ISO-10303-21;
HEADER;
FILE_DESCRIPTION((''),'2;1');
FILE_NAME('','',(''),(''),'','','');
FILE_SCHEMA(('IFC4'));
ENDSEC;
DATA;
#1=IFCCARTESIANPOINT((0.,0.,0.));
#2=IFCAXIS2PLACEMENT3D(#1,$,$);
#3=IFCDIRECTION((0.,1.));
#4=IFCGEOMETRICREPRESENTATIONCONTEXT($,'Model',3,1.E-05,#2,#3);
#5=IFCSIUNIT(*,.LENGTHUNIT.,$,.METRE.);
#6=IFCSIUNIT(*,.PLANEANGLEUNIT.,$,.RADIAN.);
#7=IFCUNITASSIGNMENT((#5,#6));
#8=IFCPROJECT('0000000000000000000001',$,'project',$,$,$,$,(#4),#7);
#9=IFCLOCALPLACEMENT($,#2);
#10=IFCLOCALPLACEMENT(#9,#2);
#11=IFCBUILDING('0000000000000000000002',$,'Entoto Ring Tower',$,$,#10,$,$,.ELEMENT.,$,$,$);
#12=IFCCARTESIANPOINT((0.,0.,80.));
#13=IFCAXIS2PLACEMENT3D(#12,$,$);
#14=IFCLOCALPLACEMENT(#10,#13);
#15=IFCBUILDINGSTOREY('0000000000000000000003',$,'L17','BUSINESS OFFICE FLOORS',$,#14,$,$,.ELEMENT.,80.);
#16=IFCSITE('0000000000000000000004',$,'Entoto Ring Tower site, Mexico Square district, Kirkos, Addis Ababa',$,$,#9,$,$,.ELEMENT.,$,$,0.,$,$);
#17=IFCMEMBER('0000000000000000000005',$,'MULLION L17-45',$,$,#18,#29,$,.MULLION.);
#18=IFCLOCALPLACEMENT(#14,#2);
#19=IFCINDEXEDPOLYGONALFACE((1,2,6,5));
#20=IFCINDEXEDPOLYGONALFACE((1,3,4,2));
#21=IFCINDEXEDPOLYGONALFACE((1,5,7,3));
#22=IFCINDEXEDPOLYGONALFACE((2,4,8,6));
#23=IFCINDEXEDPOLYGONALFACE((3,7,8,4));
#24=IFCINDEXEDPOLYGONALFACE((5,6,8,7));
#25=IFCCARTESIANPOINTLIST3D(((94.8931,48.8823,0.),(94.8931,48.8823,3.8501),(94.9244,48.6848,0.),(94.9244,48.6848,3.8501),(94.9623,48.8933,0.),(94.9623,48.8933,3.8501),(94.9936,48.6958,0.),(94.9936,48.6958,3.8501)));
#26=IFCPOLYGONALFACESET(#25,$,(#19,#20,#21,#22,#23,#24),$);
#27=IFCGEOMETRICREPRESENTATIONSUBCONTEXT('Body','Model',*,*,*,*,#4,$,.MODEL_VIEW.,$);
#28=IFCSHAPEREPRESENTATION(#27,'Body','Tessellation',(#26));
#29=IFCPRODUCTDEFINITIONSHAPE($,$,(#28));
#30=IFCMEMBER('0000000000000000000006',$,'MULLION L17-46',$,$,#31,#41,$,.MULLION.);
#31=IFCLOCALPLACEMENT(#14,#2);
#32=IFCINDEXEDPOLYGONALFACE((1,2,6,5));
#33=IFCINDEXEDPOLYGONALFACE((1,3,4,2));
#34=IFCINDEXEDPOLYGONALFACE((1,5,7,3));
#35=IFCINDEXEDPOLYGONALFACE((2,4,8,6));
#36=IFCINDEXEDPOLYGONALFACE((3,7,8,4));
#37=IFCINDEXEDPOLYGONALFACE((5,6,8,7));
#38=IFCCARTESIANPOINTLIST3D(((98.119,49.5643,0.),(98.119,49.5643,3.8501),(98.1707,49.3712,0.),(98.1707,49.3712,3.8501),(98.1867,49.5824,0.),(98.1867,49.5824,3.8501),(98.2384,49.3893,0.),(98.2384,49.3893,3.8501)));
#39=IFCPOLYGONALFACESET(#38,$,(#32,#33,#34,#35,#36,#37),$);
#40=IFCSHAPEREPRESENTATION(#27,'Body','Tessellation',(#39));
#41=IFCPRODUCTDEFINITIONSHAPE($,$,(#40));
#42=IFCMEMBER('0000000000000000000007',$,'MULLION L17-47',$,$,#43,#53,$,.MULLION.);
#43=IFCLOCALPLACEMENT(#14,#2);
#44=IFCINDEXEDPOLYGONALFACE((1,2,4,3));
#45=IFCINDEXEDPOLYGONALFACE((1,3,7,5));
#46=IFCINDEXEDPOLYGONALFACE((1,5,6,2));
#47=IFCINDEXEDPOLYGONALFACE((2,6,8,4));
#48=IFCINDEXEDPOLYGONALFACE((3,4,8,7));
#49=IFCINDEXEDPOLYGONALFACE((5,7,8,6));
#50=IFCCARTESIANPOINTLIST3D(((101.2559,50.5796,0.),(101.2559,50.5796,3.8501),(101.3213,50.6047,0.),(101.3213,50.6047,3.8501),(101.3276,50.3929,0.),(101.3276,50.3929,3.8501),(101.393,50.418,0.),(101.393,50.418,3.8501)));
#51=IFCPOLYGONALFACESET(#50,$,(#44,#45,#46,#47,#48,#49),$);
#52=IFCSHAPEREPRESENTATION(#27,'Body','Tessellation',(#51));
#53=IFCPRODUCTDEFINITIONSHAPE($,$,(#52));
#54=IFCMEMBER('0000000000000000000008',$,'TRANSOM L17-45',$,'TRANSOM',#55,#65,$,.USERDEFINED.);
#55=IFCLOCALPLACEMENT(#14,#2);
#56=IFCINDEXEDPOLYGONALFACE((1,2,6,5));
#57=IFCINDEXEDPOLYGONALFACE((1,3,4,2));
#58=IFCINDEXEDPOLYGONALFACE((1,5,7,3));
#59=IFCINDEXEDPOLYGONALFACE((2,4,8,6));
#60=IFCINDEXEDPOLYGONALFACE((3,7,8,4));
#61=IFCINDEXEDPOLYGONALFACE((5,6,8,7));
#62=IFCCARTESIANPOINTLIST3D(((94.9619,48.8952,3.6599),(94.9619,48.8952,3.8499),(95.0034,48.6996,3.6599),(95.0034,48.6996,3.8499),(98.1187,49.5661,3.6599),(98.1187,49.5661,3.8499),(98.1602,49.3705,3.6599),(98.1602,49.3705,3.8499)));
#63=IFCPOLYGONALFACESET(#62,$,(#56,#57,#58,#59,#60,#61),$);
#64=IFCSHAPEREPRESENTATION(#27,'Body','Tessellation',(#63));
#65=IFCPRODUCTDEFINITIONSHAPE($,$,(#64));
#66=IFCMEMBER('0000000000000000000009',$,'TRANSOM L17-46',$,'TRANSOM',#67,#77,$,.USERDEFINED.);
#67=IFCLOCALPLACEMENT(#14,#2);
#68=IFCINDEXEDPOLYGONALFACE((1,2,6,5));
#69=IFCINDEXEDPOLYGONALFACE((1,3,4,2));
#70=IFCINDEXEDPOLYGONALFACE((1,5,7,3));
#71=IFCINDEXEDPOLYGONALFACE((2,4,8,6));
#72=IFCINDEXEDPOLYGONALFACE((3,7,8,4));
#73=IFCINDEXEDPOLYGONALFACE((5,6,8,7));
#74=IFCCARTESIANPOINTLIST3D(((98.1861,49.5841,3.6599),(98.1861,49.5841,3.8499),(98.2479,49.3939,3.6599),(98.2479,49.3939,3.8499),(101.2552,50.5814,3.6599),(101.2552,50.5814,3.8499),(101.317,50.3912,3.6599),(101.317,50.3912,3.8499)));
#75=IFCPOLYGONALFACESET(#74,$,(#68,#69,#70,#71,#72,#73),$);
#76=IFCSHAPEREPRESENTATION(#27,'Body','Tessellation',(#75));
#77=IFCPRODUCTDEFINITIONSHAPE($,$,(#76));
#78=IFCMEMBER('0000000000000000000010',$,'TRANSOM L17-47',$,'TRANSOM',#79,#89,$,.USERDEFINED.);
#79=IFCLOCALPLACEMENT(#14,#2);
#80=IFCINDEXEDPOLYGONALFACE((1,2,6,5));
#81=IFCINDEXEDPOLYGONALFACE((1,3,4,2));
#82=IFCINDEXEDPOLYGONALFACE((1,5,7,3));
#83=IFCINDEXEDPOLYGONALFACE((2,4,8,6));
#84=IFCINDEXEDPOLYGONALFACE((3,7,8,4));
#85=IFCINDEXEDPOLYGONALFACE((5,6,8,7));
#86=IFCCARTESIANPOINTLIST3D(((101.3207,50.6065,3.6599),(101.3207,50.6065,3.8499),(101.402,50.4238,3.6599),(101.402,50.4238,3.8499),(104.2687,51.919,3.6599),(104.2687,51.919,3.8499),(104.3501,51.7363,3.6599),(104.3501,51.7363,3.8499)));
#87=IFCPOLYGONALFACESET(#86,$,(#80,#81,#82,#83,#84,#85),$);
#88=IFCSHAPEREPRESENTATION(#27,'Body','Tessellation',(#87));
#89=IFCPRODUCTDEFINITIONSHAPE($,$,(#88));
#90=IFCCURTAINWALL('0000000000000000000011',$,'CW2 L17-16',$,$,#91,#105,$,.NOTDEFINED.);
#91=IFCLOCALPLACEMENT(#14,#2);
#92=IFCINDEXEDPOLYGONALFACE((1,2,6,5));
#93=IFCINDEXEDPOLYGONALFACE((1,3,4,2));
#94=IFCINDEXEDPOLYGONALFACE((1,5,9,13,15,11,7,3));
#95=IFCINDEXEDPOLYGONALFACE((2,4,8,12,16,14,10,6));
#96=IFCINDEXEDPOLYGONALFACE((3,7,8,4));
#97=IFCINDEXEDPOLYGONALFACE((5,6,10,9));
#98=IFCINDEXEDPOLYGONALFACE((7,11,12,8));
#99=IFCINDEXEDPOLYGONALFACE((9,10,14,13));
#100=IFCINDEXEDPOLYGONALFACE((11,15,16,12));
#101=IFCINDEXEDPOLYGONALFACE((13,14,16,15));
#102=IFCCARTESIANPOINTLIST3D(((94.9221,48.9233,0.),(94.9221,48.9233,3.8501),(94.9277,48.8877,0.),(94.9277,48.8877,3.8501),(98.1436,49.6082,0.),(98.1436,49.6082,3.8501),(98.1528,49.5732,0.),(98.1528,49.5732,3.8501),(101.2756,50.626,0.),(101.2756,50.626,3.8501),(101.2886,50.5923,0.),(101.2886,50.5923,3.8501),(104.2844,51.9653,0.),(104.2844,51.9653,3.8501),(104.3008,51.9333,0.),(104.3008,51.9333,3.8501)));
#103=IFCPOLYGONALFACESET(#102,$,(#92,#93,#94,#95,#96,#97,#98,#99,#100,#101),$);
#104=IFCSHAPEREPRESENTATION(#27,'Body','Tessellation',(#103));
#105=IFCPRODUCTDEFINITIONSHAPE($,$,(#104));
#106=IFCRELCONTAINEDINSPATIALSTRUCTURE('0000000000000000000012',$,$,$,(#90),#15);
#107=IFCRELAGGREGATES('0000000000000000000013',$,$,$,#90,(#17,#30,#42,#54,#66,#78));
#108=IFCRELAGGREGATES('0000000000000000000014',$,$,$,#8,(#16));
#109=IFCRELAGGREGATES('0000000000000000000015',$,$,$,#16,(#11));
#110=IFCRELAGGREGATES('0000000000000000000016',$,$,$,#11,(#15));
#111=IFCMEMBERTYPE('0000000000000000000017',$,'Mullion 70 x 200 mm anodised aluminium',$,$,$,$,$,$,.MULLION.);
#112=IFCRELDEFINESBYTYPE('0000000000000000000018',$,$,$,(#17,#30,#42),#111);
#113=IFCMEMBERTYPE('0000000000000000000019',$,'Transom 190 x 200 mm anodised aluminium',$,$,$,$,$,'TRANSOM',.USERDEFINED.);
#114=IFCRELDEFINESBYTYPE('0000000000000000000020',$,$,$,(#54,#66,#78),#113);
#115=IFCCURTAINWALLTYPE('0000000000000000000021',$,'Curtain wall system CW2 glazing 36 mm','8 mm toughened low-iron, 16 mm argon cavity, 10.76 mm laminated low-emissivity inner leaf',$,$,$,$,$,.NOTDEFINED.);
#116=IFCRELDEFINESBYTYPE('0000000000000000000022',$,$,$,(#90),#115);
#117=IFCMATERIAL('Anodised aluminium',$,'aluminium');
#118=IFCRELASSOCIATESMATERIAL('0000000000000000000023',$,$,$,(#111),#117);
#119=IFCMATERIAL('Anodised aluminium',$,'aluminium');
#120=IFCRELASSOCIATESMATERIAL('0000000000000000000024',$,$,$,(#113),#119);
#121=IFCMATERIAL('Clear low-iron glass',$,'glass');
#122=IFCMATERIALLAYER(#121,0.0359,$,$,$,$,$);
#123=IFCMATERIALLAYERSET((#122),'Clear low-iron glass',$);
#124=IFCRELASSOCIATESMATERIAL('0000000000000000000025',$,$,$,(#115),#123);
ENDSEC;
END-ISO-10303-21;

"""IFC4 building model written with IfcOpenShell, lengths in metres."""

from ifc_helpers import new_model, si_unit, direction, frame, origin, origin_2d, place, context, subcontext, project, spatial, polyline, rectangle, outline, extrude, material, layer, layer_set, material_profile, profile_set, type_object, element, aggregate, save


model = new_model("IFC4")

# Units and contexts
model_context = context("Model", 3, precision=1e-05, world=origin(), true_north=direction((0.0, 1.0)))
body_context = subcontext(model_context, "Body", "Model", "MODEL_VIEW")
ifc_project = project(units=[si_unit("LENGTHUNIT", "METRE"), si_unit("PLANEANGLEUNIT", "RADIAN")], contexts=[model_context])

# Members
ifc_material_1 = material(Name="Anodised aluminium", Category="aluminium")
ifc_material_profile_1 = material_profile(ifc_material_1, rectangle(XDim=0.0701, YDim=0.2, at=origin_2d()), Name="Mullion 70 x 200 mm anodised aluminium")
ifc_profile_set_1 = profile_set([ifc_material_profile_1], Name="Anodised aluminium")
member_type_1 = type_object("IfcMemberType", Name="Mullion 70 x 200 mm anodised aluminium", PredefinedType="MULLION", material=ifc_profile_set_1)
site_placement = place(None, origin())
building_placement = place(site_placement, origin())
storey_placement = place(building_placement, frame((0.0, 0.0, 80.0)))
member_1_placement = place(storey_placement, frame((94.9434, 48.7891, 0.0), z_axis=(0.0, 0.0, 1.0), x_axis=(0.987688, 0.156434, 0.0)))
member_1 = element("IfcMember", 1, at=member_1_placement, type_object=member_type_1, Name="MULLION L17-45", PredefinedType="MULLION", context=body_context, shape_type="SweptSolid", body=[
    extrude(rectangle(XDim=0.0701, YDim=0.2, at=origin_2d()), origin(), (0.0, 0.0, 1.0), 3.8501),
])
member_2_placement = place(storey_placement, frame((98.1787, 49.4768, 0.0), z_axis=(0.0, 0.0, 1.0), x_axis=(0.965926, 0.258819, 0.0)))
member_2 = element("IfcMember", 2, at=member_2_placement, type_object=member_type_1, Name="MULLION L17-46", PredefinedType="MULLION", context=body_context, shape_type="SweptSolid", body=[
    extrude(rectangle(XDim=0.0701, YDim=0.2, at=origin_2d()), origin(), (0.0, 0.0, 1.0), 3.8501),
])
member_3_placement = place(storey_placement, frame((101.3245, 50.4988, 0.0), z_axis=(0.0, 0.0, 1.0), x_axis=(0.93358, 0.358368, 0.0)))
member_3 = element("IfcMember", 3, at=member_3_placement, type_object=member_type_1, Name="MULLION L17-47", PredefinedType="MULLION", context=body_context, shape_type="SweptSolid", body=[
    extrude(rectangle(XDim=0.0701, YDim=0.2, at=origin_2d()), origin(), (0.0, 0.0, 1.0), 3.8501),
])
ifc_material_2 = material(Name="Anodised aluminium", Category="aluminium")
ifc_material_profile_2 = material_profile(ifc_material_2, rectangle(XDim=0.2, YDim=0.1899, at=origin_2d()), Name="Transom 190 x 200 mm anodised aluminium")
ifc_profile_set_2 = profile_set([ifc_material_profile_2], Name="Anodised aluminium")
member_type_2 = type_object("IfcMemberType", Name="Transom 190 x 200 mm anodised aluminium", ElementType="TRANSOM", PredefinedType="USERDEFINED", material=ifc_profile_set_2)
member_4_placement = place(storey_placement, frame((94.9827, 48.7974, 3.7549), z_axis=(0.978153, 0.207886, 0.0), x_axis=(-0.207886, 0.978153, 0.0)))
member_4 = element("IfcMember", 4, at=member_4_placement, type_object=member_type_2, Name="TRANSOM L17-45", ObjectType="TRANSOM", PredefinedType="USERDEFINED", context=body_context, shape_type="SweptSolid", body=[
    extrude(rectangle(XDim=0.2, YDim=0.1899, at=origin_2d()), origin(), (0.0, 0.0, 1.0), 3.2273),
])
member_5_placement = place(storey_placement, frame((98.217, 49.489, 3.7549), z_axis=(0.951047, 0.309047, 0.0), x_axis=(-0.309047, 0.951047, 0.0)))
member_5 = element("IfcMember", 5, at=member_5_placement, type_object=member_type_2, Name="TRANSOM L17-46", ObjectType="TRANSOM", PredefinedType="USERDEFINED", context=body_context, shape_type="SweptSolid", body=[
    extrude(rectangle(XDim=0.2, YDim=0.1899, at=origin_2d()), origin(), (0.0, 0.0, 1.0), 3.2271),
])
member_6_placement = place(storey_placement, frame((101.3613, 50.5151, 3.7549), z_axis=(0.913549, 0.406728, 0.0), x_axis=(-0.406728, 0.913549, 0.0)))
member_6 = element("IfcMember", 6, at=member_6_placement, type_object=member_type_2, Name="TRANSOM L17-47", ObjectType="TRANSOM", PredefinedType="USERDEFINED", context=body_context, shape_type="SweptSolid", body=[
    extrude(rectangle(XDim=0.2, YDim=0.1899, at=origin_2d()), origin(), (0.0, 0.0, 1.0), 3.2271),
])

# Site, building, storey
site = spatial("IfcSite", under=ifc_project, at=site_placement, Name="Entoto Ring Tower site, Mexico Square district, Kirkos, Addis Ababa", CompositionType="ELEMENT", RefElevation=0.0)
building = spatial("IfcBuilding", under=site, at=building_placement, Name="Entoto Ring Tower", CompositionType="ELEMENT")
storey = spatial("IfcBuildingStorey", under=building, at=storey_placement, Name="L17", Description="BUSINESS OFFICE FLOORS", CompositionType="ELEMENT", Elevation=80.0)

# Curtain wall
ifc_material_3 = material(Name="Clear low-iron glass", Category="glass")
ifc_layer_1 = layer(ifc_material_3, 0.0359)
ifc_layer_set_1 = layer_set([ifc_layer_1], Name="Clear low-iron glass")
curtain_wall_type = type_object("IfcCurtainWallType", Name="Curtain wall system CW2 glazing 36 mm", Description="8 mm toughened low-iron, 16 mm argon cavity, 10.76 mm laminated low-emissivity inner leaf", PredefinedType="NOTDEFINED", material=ifc_layer_set_1)
curtain_wall_1_placement = place(storey_placement, origin())
curtain_wall_1 = element("IfcCurtainWall", 7, at=curtain_wall_1_placement, inside=storey, type_object=curtain_wall_type, Name="CW2 L17-16", PredefinedType="NOTDEFINED", context=body_context, shape_type="SweptSolid", body=[
    extrude(outline(polyline([(94.9277, 48.8877), (98.1528, 49.5732), (101.2886, 50.5923), (104.3008, 51.9333), (104.2844, 51.9653), (101.2756, 50.626), (98.1436, 49.6082), (94.9221, 48.9233), (94.9277, 48.8877)])), origin(), (0.0, 0.0, 1.0), 3.8501),
])
aggregate(curtain_wall_1, [member_1, member_2, member_3, member_4, member_5, member_6])

save(model, "model.ifc")
